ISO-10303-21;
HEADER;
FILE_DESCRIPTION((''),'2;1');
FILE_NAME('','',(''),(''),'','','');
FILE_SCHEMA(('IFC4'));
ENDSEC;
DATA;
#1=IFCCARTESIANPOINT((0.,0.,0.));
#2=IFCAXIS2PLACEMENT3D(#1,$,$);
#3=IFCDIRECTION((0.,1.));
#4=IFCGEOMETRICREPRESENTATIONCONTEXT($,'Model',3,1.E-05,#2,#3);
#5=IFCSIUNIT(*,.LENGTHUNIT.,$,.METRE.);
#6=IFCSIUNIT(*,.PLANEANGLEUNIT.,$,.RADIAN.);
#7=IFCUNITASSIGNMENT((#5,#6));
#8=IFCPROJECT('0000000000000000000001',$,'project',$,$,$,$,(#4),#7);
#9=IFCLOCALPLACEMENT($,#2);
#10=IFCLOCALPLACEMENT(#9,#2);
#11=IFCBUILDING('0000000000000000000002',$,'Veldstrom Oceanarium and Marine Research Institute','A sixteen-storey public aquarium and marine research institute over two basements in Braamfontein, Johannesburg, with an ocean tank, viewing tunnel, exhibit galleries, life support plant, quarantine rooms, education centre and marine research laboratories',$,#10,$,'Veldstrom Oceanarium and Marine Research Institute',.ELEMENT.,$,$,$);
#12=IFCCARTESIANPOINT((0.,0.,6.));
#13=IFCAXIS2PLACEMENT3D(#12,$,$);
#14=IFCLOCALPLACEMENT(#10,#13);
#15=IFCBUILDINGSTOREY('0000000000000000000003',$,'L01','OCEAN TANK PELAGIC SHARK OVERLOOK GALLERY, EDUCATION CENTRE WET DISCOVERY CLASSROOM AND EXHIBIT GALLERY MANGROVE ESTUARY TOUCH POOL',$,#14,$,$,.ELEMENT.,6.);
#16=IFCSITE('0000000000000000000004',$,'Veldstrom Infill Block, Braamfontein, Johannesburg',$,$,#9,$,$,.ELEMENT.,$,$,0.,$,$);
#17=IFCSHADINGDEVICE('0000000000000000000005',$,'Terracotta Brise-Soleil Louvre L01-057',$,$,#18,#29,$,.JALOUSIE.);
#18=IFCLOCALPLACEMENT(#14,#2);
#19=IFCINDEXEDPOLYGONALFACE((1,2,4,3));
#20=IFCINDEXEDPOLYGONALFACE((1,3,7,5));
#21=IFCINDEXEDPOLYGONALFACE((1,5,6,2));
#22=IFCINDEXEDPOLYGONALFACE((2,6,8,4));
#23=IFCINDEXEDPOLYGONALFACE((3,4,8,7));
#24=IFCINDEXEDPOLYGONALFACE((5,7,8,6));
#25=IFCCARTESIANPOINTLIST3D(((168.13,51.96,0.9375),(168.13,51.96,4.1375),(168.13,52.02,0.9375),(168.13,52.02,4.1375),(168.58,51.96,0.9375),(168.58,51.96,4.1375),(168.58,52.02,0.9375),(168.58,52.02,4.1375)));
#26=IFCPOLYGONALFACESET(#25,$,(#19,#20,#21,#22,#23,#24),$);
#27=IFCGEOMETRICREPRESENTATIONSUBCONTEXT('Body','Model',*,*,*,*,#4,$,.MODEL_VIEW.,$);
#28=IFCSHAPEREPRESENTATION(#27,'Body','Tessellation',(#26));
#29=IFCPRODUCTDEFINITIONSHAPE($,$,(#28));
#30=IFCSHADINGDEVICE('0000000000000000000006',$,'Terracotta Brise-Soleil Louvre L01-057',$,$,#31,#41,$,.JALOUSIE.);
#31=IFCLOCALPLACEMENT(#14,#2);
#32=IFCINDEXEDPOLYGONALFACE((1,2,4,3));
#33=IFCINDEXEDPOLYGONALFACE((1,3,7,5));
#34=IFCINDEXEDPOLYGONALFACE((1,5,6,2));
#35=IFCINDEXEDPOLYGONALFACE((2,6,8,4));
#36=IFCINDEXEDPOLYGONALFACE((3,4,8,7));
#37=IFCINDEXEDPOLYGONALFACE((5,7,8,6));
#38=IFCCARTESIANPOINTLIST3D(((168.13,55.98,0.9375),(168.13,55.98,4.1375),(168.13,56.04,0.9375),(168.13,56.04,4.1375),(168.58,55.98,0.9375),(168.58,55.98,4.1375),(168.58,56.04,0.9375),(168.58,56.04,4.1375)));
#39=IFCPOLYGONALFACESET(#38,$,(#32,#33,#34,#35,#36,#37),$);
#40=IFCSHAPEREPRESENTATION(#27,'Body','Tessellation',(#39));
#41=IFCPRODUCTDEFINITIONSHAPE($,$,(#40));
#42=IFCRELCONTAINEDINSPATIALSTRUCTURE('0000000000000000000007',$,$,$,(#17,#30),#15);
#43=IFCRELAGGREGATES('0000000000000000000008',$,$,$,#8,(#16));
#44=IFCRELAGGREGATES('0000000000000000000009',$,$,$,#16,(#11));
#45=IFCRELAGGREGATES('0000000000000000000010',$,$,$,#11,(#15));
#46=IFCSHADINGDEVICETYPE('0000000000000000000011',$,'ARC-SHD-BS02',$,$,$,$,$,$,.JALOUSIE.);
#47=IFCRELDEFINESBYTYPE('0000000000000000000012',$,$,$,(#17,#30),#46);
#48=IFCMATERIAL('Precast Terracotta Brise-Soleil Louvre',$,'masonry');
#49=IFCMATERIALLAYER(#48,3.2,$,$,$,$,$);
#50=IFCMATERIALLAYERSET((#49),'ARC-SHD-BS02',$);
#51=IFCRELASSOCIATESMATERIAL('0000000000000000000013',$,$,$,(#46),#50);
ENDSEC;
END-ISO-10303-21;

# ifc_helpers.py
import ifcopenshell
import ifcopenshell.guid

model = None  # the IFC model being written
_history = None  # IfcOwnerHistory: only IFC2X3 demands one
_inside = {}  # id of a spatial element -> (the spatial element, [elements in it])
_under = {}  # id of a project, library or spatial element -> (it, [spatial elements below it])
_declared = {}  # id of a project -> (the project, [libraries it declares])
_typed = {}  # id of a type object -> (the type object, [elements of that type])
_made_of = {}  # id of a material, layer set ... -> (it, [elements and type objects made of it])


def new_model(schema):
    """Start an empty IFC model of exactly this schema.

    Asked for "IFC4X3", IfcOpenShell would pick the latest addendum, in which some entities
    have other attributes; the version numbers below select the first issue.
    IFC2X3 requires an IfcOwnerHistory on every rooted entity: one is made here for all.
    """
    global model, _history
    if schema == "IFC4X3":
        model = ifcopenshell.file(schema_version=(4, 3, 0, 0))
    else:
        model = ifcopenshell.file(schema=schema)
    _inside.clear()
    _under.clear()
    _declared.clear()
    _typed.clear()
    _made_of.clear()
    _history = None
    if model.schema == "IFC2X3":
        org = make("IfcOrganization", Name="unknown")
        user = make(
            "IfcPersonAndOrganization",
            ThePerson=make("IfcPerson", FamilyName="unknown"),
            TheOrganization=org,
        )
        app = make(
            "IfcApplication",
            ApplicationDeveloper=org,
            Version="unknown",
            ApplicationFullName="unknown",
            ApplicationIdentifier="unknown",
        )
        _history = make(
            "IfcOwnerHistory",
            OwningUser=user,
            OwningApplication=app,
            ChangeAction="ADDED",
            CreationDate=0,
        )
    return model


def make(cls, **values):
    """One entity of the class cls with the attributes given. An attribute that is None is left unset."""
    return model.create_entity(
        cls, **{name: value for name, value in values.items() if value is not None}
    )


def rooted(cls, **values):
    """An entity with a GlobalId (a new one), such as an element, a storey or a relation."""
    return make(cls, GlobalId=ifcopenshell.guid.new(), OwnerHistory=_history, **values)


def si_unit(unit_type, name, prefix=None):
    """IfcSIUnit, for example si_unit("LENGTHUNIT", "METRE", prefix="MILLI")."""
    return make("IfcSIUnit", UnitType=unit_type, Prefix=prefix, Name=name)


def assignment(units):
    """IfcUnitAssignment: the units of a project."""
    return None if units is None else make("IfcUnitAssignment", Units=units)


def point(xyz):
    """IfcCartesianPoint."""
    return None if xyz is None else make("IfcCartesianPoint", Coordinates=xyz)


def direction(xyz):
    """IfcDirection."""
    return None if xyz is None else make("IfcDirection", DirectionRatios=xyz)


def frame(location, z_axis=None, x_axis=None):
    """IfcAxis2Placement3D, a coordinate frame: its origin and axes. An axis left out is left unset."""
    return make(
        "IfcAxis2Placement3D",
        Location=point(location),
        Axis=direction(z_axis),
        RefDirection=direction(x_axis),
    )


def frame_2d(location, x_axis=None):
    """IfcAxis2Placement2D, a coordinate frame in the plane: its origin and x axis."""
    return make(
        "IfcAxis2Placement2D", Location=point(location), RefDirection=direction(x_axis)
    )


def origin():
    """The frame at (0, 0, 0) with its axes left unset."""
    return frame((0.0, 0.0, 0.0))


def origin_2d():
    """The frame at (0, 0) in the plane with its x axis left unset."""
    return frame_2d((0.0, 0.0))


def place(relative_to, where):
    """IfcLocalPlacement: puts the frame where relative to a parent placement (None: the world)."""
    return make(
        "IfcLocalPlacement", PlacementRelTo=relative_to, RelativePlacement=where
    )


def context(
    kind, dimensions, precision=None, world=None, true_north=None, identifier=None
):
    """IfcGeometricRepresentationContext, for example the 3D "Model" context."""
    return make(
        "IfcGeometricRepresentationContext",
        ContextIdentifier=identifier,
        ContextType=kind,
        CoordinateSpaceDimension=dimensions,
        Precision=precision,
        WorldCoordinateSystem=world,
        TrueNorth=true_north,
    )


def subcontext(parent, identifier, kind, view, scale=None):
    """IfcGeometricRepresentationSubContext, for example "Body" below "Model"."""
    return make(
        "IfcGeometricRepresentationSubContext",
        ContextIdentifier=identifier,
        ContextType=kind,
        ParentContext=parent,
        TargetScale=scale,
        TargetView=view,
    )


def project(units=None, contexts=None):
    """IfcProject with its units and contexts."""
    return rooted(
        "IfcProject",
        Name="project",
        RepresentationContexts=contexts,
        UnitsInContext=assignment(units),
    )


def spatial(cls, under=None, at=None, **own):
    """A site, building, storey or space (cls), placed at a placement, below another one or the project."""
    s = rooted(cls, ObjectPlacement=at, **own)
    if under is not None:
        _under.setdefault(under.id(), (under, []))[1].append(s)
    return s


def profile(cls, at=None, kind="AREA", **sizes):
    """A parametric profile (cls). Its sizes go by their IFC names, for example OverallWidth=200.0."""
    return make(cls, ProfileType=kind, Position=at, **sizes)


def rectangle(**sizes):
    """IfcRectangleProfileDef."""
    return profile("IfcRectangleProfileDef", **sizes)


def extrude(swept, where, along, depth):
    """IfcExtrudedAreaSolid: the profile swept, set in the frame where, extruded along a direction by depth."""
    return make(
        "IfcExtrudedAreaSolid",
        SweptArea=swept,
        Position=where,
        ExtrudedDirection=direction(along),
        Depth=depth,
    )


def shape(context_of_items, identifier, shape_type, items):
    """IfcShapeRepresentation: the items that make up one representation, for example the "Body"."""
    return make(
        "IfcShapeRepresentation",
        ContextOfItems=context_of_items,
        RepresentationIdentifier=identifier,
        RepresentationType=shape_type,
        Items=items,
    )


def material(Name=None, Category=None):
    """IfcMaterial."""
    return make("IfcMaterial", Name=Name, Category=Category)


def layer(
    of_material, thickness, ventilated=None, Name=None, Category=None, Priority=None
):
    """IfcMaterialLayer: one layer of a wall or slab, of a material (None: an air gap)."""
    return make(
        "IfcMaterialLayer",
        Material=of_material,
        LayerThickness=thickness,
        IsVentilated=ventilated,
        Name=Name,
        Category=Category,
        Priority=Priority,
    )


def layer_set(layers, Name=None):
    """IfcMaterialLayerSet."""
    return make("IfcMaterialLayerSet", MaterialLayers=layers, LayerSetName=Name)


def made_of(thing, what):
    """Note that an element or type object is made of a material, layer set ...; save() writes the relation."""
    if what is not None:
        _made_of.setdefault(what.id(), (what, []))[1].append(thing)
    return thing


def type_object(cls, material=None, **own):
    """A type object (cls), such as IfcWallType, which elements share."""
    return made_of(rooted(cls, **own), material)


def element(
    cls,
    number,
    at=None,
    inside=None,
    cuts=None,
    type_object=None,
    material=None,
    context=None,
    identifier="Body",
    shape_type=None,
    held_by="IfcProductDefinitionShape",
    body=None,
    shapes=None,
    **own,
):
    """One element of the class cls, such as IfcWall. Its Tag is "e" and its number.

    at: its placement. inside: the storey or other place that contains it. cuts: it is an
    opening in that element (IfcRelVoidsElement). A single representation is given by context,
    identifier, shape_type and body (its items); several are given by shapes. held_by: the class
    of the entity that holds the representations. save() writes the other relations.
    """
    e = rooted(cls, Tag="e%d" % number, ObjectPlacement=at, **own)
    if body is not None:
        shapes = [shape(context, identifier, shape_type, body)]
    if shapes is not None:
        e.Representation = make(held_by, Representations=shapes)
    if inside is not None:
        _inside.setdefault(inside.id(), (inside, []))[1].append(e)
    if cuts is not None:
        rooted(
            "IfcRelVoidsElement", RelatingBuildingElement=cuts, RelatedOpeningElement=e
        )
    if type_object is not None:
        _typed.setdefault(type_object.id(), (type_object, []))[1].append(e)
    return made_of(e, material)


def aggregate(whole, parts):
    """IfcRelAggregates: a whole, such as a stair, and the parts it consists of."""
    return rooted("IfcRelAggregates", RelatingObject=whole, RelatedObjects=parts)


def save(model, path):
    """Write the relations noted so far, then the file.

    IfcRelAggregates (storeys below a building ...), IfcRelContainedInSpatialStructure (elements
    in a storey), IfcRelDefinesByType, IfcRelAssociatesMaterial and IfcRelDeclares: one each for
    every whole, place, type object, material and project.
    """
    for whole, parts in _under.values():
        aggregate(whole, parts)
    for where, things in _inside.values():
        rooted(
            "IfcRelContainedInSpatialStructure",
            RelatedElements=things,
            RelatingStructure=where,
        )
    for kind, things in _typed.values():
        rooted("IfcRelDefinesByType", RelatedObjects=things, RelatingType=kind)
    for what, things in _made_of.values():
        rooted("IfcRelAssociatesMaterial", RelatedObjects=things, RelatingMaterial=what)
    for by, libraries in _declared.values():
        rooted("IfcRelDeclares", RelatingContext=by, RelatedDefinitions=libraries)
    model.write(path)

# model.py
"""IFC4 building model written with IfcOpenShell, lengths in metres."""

from ifc_helpers import new_model, si_unit, direction, frame, origin, origin_2d, place, context, subcontext, project, spatial, rectangle, extrude, material, layer, layer_set, type_object, element, save


model = new_model("IFC4")

# Units and contexts
model_context = context("Model", 3, precision=1e-05, world=origin(), true_north=direction((0.0, 1.0)))
body_context = subcontext(model_context, "Body", "Model", "MODEL_VIEW")
ifc_project = project(units=[si_unit("LENGTHUNIT", "METRE"), si_unit("PLANEANGLEUNIT", "RADIAN")], contexts=[model_context])

# Site, building, storey
site_placement = place(None, origin())
site = spatial("IfcSite", under=ifc_project, at=site_placement, Name="Veldstrom Infill Block, Braamfontein, Johannesburg", CompositionType="ELEMENT", RefElevation=0.0)
building_placement = place(site_placement, origin())
building = spatial("IfcBuilding", under=site, at=building_placement, Name="Veldstrom Oceanarium and Marine Research Institute", Description="A sixteen-storey public aquarium and marine research institute over two basements in Braamfontein, Johannesburg, with an ocean tank, viewing tunnel, exhibit galleries, life support plant, quarantine rooms, education centre and marine research laboratories", LongName="Veldstrom Oceanarium and Marine Research Institute", CompositionType="ELEMENT")
storey_placement = place(building_placement, frame((0.0, 0.0, 6.0)))
storey = spatial("IfcBuildingStorey", under=building, at=storey_placement, Name="L01", Description="OCEAN TANK PELAGIC SHARK OVERLOOK GALLERY, EDUCATION CENTRE WET DISCOVERY CLASSROOM AND EXHIBIT GALLERY MANGROVE ESTUARY TOUCH POOL", CompositionType="ELEMENT", Elevation=6.0)

# Shading devices
ifc_material_1 = material(Name="Precast Terracotta Brise-Soleil Louvre", Category="masonry")
ifc_layer_1 = layer(ifc_material_1, 3.2)
ifc_layer_set_1 = layer_set([ifc_layer_1], Name="ARC-SHD-BS02")
shading_device_type_1 = type_object("IfcShadingDeviceType", Name="ARC-SHD-BS02", PredefinedType="JALOUSIE", material=ifc_layer_set_1)
for number, where, z_axis, x_axis, name in (
    (1, (168.355, 51.99, 0.9375), (0.0, 0.0, 1.0), (1.0, 0.0, 0.0), "Terracotta Brise-Soleil Louvre L01-057"),
    (2, (168.355, 56.01, 0.9375), (0.0, 0.0, 1.0), (1.0, 0.0, 0.0), "Terracotta Brise-Soleil Louvre L01-057"),
):
    element("IfcShadingDevice", number, at=place(storey_placement, frame(where, z_axis=z_axis, x_axis=x_axis)), inside=storey, type_object=shading_device_type_1, Name=name, PredefinedType="JALOUSIE", context=body_context, shape_type="SweptSolid", body=[
        extrude(rectangle(XDim=0.45, YDim=0.0601, at=origin_2d()), origin(), (0.0, 0.0, 1.0), 3.2),
    ])

save(model, "model.ifc")
